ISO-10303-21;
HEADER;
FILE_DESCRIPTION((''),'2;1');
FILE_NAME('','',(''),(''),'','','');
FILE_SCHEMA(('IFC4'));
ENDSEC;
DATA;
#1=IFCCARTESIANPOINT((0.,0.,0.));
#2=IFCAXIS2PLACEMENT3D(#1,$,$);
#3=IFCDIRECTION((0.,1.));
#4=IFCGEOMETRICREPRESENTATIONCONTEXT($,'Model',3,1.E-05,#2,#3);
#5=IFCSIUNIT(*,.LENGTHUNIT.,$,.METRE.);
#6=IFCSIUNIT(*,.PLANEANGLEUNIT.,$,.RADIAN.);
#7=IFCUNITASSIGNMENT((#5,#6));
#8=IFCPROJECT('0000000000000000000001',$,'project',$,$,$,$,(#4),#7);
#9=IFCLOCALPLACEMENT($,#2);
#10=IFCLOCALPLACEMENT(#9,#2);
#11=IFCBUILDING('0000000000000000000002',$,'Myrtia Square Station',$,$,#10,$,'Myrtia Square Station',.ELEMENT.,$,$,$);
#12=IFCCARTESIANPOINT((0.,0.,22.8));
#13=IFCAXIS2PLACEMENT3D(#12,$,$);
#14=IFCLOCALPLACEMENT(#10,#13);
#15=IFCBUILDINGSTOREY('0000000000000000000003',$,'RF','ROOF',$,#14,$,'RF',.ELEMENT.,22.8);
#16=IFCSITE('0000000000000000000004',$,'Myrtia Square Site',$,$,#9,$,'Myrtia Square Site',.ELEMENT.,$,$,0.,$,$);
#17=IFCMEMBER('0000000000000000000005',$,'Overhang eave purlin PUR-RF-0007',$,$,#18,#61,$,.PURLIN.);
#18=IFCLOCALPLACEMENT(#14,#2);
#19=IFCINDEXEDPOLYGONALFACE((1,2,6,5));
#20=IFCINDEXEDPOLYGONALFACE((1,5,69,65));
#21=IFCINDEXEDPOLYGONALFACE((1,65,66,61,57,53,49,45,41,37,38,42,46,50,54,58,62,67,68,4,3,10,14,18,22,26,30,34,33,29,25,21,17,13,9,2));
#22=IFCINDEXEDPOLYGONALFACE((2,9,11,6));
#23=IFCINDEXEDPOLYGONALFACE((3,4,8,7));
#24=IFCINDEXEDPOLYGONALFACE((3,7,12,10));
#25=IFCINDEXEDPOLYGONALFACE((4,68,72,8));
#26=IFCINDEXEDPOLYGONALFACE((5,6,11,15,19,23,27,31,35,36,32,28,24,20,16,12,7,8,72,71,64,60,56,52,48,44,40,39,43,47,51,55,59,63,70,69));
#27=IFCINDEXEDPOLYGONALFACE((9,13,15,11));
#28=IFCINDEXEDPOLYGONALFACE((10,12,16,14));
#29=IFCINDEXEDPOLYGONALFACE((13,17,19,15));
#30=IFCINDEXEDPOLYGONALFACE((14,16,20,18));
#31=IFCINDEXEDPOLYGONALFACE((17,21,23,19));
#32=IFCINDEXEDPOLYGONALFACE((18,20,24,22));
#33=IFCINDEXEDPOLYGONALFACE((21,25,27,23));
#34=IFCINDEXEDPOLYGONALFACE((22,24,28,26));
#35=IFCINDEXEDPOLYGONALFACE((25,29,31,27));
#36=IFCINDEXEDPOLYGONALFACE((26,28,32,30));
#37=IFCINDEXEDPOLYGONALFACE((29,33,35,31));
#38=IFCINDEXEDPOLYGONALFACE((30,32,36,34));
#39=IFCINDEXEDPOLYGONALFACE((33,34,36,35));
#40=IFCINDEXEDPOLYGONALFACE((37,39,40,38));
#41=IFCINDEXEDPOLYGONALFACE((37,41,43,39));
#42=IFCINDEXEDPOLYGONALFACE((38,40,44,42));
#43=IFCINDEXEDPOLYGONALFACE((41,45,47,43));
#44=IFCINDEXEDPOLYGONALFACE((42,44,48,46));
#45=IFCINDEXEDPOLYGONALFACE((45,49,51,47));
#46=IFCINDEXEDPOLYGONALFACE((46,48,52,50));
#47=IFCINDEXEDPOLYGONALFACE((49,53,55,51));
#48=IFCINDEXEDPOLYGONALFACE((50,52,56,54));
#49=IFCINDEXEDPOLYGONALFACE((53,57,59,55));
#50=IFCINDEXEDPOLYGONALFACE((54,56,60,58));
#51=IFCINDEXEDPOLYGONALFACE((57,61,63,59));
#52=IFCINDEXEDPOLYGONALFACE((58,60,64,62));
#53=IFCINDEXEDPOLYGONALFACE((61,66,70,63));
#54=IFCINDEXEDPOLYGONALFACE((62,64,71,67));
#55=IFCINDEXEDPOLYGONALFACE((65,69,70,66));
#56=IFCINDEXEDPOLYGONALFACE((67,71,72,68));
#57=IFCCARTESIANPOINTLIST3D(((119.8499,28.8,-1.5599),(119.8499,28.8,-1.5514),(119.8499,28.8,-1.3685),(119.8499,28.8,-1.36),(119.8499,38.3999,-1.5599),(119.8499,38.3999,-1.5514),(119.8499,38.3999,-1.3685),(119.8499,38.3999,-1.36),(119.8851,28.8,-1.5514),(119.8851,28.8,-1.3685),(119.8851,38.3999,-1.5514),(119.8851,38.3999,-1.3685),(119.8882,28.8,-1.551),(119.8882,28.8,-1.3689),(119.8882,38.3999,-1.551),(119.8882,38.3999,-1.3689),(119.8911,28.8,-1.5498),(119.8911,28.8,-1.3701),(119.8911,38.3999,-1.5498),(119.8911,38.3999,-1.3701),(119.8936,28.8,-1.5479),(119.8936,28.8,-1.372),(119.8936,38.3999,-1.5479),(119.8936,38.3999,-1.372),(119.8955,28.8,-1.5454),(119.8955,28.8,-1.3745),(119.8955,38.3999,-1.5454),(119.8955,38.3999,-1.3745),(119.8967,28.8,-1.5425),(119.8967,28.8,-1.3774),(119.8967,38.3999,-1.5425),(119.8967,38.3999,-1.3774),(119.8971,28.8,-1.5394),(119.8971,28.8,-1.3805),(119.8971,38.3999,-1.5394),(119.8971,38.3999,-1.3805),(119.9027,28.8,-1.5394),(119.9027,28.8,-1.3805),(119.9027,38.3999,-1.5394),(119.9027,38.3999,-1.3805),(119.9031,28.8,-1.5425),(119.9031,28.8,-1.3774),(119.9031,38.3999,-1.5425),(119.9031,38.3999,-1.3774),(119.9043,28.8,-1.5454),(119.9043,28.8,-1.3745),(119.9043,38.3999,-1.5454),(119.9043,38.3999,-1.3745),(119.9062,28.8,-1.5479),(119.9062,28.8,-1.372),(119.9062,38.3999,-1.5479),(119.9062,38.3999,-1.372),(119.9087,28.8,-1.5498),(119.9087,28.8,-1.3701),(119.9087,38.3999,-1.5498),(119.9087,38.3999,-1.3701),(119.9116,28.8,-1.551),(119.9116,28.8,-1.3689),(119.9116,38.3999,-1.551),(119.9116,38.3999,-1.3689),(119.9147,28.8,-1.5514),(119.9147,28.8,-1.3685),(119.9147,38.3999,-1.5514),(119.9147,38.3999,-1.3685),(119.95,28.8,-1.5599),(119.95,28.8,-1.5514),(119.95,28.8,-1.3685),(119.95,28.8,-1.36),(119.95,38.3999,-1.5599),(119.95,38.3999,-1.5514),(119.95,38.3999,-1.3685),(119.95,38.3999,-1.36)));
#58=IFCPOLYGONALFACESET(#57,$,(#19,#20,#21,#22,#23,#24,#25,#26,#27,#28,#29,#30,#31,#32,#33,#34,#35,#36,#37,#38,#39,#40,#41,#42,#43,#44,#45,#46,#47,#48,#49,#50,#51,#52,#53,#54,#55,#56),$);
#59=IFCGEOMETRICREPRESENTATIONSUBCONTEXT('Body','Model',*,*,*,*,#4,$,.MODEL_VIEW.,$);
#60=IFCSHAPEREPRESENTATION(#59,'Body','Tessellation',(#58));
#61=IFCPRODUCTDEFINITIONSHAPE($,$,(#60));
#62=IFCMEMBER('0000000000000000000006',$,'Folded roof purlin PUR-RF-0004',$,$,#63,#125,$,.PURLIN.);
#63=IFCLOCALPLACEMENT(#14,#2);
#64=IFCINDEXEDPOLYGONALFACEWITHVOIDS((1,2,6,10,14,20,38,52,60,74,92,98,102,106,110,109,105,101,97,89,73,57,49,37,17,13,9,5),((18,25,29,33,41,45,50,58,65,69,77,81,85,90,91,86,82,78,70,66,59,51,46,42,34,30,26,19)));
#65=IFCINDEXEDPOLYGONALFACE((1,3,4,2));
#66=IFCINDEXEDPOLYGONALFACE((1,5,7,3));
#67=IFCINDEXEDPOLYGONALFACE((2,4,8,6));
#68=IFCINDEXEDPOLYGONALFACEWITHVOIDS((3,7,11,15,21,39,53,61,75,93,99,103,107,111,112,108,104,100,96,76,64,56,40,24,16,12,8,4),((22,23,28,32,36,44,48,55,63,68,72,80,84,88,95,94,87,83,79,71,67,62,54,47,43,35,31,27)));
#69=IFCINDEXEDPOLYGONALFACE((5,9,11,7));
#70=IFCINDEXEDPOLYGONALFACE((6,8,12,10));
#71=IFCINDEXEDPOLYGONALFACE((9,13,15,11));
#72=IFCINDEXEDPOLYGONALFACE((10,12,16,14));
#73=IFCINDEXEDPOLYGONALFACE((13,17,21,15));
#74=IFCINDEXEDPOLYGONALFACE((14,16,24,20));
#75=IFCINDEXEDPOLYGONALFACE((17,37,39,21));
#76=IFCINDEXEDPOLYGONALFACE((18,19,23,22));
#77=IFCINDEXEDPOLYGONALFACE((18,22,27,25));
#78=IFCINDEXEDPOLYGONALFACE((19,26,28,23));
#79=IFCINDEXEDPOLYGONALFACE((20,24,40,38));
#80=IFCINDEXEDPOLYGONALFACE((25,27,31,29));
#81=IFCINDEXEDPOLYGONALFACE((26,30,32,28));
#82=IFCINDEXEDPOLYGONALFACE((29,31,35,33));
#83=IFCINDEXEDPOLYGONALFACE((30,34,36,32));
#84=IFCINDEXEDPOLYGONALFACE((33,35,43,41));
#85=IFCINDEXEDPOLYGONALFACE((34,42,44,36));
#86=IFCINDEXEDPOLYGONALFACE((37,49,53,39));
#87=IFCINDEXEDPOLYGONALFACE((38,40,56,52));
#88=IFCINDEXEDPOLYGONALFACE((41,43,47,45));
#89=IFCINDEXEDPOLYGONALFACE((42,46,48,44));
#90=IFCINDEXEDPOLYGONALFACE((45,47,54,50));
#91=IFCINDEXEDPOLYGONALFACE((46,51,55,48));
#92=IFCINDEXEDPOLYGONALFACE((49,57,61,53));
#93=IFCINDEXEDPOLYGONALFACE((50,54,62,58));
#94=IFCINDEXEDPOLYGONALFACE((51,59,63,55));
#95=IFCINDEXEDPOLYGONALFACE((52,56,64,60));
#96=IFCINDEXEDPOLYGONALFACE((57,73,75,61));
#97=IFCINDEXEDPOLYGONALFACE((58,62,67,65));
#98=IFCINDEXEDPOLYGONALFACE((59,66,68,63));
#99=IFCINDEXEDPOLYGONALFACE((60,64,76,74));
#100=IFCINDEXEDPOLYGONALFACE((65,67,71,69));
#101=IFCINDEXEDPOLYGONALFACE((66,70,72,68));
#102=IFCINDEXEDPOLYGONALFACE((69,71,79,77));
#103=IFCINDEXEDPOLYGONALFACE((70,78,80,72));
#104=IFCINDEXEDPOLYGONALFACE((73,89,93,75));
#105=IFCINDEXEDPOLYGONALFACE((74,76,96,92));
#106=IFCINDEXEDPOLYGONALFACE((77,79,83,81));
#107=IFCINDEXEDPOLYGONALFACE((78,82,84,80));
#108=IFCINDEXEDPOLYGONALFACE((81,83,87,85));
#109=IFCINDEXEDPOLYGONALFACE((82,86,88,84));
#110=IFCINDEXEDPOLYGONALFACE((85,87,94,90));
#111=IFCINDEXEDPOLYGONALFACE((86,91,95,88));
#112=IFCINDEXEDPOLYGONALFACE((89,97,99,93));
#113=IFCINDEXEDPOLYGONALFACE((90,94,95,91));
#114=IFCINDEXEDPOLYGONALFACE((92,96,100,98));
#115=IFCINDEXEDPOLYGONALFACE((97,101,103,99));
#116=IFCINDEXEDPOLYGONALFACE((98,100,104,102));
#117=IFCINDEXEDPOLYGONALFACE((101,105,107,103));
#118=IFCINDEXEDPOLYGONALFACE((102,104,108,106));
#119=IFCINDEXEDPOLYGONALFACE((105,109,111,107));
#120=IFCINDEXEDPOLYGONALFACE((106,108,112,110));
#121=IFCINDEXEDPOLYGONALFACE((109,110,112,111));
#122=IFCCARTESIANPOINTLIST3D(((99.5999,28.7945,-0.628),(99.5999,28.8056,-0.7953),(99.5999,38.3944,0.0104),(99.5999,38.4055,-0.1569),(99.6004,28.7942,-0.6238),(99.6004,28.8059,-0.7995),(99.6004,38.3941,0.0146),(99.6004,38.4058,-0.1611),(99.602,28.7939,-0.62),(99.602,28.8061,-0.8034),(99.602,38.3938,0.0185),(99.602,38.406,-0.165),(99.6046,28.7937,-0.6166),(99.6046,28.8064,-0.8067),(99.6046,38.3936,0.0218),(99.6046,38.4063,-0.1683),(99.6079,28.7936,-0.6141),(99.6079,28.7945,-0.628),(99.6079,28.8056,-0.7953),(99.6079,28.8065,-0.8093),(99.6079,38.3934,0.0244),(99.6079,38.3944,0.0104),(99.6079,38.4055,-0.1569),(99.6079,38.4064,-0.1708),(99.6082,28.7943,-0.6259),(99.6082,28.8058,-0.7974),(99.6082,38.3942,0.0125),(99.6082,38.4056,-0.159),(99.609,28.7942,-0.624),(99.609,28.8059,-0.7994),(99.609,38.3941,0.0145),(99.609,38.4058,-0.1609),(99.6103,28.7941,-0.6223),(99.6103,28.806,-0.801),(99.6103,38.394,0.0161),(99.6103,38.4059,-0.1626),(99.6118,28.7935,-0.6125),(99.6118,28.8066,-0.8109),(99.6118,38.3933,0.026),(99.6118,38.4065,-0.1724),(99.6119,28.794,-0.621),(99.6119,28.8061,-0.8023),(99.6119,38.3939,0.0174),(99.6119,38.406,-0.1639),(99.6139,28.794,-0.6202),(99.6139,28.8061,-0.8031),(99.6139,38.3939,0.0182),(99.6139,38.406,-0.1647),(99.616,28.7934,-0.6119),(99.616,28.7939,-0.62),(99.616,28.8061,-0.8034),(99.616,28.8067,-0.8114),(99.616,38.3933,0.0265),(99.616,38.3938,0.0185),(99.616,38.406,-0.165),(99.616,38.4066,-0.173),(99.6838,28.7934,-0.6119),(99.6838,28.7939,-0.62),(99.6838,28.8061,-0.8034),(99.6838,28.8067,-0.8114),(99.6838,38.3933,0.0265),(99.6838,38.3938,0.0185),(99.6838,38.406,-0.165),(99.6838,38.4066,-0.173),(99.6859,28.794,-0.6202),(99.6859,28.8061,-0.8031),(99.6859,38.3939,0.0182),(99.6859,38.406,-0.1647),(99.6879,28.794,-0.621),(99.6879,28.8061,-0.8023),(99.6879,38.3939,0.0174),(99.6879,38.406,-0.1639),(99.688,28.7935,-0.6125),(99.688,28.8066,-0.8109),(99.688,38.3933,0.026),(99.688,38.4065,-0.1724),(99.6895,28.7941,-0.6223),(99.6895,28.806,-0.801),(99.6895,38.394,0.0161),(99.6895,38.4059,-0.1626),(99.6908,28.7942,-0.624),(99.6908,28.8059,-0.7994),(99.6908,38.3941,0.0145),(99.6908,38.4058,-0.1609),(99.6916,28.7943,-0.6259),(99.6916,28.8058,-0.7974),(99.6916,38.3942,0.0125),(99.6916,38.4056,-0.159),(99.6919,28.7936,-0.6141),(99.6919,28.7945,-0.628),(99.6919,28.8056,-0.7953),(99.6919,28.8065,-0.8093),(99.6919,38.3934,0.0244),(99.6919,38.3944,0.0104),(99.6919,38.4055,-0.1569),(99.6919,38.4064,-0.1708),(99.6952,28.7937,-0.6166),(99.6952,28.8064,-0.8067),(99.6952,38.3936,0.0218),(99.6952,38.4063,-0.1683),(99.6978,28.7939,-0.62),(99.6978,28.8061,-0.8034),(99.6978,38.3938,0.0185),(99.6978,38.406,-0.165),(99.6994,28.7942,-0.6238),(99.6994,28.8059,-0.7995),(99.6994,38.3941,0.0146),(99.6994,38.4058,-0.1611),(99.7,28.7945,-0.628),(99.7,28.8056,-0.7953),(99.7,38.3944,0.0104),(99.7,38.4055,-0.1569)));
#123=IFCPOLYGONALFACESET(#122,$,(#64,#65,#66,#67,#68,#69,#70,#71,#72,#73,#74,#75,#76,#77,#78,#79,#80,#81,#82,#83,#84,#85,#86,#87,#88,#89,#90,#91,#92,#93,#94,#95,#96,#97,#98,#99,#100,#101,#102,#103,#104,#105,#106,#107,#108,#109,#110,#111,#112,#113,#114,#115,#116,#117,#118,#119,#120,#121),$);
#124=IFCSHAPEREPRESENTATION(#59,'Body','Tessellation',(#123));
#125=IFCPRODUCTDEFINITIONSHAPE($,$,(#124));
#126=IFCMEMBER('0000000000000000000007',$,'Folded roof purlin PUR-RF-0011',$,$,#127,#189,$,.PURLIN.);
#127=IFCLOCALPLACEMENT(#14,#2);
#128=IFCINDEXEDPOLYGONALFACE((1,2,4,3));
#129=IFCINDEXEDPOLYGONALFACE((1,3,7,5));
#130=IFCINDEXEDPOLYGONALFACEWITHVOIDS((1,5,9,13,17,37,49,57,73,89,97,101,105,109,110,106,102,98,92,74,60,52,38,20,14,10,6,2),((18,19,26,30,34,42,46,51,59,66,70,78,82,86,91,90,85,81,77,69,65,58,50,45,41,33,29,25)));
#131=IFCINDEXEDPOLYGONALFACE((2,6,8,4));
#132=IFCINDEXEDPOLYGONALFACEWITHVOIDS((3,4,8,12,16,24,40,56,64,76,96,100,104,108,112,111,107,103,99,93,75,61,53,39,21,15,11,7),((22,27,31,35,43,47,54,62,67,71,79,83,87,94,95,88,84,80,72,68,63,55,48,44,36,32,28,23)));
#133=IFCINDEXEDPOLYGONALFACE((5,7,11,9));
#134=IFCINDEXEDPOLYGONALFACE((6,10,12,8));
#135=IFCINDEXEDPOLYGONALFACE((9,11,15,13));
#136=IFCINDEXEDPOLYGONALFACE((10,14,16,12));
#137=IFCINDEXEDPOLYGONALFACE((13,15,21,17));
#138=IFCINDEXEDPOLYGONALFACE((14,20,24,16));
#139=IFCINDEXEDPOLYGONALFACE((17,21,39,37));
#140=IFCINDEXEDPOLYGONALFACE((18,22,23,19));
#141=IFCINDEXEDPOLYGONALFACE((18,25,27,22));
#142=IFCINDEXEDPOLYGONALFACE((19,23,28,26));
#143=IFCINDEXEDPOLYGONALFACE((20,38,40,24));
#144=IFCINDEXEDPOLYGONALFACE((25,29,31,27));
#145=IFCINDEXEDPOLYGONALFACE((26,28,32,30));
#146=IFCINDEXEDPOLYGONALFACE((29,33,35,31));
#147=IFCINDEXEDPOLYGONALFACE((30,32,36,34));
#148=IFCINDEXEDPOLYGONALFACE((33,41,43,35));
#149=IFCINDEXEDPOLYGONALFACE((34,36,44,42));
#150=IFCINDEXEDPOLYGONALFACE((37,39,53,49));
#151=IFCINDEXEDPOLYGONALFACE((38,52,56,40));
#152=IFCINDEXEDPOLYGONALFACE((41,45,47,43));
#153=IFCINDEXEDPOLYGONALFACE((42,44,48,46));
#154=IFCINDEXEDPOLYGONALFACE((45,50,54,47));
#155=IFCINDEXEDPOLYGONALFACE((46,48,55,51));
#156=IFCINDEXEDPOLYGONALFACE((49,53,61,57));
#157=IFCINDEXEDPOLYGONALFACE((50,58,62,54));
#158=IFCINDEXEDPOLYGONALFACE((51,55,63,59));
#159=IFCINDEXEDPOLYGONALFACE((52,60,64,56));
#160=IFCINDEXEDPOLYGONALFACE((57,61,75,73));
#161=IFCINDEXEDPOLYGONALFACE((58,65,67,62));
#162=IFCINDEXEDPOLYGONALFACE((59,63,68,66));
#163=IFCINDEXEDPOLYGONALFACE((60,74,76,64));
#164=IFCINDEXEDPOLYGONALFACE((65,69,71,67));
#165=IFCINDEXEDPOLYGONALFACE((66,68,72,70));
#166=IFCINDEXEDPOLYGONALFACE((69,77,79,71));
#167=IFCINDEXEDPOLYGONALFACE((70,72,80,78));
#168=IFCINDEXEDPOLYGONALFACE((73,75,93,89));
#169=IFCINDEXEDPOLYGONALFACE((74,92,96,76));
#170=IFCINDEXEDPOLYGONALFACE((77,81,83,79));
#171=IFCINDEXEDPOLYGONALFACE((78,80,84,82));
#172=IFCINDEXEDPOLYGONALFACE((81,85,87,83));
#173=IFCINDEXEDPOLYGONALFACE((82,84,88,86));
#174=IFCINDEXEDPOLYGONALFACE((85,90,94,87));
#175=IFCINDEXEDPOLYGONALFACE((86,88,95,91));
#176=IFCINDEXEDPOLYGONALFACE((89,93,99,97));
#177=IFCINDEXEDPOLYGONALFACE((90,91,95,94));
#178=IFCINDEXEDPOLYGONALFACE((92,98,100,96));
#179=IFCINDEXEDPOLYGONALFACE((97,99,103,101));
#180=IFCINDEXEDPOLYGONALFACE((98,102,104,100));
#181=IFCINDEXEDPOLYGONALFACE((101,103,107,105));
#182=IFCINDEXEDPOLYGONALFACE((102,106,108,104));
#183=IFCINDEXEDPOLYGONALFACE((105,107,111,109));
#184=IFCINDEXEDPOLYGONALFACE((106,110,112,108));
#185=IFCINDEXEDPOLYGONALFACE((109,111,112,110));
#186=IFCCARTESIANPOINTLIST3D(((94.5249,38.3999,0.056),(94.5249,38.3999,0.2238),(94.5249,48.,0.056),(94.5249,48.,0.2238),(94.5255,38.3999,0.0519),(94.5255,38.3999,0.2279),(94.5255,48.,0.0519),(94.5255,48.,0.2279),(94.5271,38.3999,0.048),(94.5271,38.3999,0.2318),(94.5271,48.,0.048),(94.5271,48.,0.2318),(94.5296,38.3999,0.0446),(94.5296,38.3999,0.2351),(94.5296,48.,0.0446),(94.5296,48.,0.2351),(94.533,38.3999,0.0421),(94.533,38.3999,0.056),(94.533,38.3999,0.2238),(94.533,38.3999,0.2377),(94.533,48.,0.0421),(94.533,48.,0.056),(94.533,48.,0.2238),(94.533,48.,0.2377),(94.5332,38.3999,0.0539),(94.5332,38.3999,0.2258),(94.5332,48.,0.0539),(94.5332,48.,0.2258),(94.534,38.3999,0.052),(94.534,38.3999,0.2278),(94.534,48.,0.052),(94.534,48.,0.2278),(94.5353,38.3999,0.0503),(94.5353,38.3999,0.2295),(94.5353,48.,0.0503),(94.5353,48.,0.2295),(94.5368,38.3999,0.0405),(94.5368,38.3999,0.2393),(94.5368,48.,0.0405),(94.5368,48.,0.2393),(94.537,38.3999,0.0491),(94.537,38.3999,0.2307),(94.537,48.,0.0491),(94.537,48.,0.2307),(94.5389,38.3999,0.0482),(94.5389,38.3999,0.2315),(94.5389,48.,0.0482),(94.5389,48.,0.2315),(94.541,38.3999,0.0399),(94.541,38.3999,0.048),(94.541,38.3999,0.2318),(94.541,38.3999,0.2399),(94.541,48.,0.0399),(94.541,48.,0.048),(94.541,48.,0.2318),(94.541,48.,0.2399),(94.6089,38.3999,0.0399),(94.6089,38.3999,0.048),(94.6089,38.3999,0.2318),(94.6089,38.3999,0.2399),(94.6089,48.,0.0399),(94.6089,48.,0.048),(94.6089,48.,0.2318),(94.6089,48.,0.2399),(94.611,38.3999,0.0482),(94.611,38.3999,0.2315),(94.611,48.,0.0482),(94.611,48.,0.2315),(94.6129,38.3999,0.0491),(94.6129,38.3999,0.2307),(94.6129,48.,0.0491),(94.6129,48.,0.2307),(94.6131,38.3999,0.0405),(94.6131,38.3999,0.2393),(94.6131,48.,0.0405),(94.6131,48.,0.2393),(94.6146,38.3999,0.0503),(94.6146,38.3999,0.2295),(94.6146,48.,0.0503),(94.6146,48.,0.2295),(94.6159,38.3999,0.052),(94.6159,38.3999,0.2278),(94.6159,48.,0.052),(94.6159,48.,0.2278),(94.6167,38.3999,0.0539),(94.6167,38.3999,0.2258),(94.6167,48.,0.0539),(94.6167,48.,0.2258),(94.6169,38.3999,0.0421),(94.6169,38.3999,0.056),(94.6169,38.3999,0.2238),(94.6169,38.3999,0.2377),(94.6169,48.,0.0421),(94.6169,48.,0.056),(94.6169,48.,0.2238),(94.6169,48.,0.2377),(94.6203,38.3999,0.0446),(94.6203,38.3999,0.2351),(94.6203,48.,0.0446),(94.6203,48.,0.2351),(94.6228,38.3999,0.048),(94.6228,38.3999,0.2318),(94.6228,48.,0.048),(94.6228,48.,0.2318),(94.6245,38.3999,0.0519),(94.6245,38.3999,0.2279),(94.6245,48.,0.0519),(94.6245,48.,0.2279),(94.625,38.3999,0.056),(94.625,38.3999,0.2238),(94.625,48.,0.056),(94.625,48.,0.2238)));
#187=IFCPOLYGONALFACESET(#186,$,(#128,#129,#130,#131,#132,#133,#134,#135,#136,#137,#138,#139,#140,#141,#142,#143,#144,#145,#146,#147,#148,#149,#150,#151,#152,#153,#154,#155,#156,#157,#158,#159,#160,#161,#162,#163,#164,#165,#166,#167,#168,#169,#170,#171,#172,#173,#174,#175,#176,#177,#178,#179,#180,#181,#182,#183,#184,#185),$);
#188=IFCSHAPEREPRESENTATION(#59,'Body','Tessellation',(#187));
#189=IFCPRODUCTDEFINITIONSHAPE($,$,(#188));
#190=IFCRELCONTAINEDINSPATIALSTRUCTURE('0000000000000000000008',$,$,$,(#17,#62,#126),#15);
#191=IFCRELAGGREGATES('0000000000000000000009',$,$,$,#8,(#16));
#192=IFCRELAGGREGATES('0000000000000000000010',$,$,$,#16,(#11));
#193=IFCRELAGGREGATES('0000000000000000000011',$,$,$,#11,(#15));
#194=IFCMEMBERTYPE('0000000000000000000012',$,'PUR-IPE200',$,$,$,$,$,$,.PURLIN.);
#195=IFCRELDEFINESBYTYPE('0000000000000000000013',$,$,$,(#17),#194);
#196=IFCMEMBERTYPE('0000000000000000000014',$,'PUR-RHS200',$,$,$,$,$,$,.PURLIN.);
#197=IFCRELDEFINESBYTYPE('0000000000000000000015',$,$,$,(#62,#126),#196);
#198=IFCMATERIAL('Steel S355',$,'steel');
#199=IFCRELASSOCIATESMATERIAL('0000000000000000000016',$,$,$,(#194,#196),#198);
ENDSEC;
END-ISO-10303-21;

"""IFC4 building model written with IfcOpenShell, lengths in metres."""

from ifc_helpers import new_model, si_unit, direction, frame, origin, origin_2d, place, context, subcontext, project, spatial, hollow_rectangle, i_section, extrude, material, material_profile, profile_set, type_object, element, save


model = new_model("IFC4")

# Units and contexts
model_context = context("Model", 3, precision=1e-05, world=origin(), true_north=direction((0.0, 1.0)))
body_context = subcontext(model_context, "Body", "Model", "MODEL_VIEW")
ifc_project = project(units=[si_unit("LENGTHUNIT", "METRE"), si_unit("PLANEANGLEUNIT", "RADIAN")], contexts=[model_context])

# Site, building, storey
site_placement = place(None, origin())
site = spatial("IfcSite", under=ifc_project, at=site_placement, Name="Myrtia Square Site", LongName="Myrtia Square Site", CompositionType="ELEMENT", RefElevation=0.0)
building_placement = place(site_placement, origin())
building = spatial("IfcBuilding", under=site, at=building_placement, Name="Myrtia Square Station", LongName="Myrtia Square Station", CompositionType="ELEMENT")
storey_placement = place(building_placement, frame((0.0, 0.0, 22.8)))
storey = spatial("IfcBuildingStorey", under=building, at=storey_placement, Name="RF", Description="ROOF", LongName="RF", CompositionType="ELEMENT", Elevation=22.8)

# Members
ifc_material_1 = material(Name="Steel S355", Category="steel")
ifc_material_profile_1 = material_profile(ifc_material_1, i_section(OverallWidth=0.1001, OverallDepth=0.2, WebThickness=0.0056, FlangeThickness=0.0085, FilletRadius=0.012, at=origin_2d()), Name="IPE 200")
ifc_profile_set_1 = profile_set([ifc_material_profile_1], Name="Steel S355")
member_type_1 = type_object("IfcMemberType", Name="PUR-IPE200", PredefinedType="PURLIN", material=ifc_profile_set_1)
member_1_placement = place(storey_placement, frame((119.8999, 28.8, -1.46), z_axis=(0.0, 1.0, 0.0), x_axis=(-1.0, 0.0, 0.0)))
element("IfcMember", 1, at=member_1_placement, inside=storey, type_object=member_type_1, Name="Overhang eave purlin PUR-RF-0007", PredefinedType="PURLIN", context=body_context, shape_type="SweptSolid", body=[
    extrude(i_section(OverallWidth=0.1001, OverallDepth=0.2, WebThickness=0.0056, FlangeThickness=0.0085, FilletRadius=0.012, at=origin_2d()), origin(), (0.0, 0.0, 1.0), 9.5999),
])
ifc_material_profile_2 = material_profile(ifc_material_1, hollow_rectangle(XDim=0.1001, YDim=0.2, WallThickness=0.0081, InnerFilletRadius=0.0081, OuterFilletRadius=0.0161, at=origin_2d()), Name="RHS 200x100x8")
ifc_profile_set_2 = profile_set([ifc_material_profile_2], Name="Steel S355")
member_type_2 = type_object("IfcMemberType", Name="PUR-RHS200", PredefinedType="PURLIN", material=ifc_profile_set_2)
member_2_placement = place(storey_placement, frame((99.6499, 28.8, -0.7117), z_axis=(0.0, 0.997796, 0.066357), x_axis=(-1.0, 0.0, 0.0)))
element("IfcMember", 2, at=member_2_placement, inside=storey, type_object=member_type_2, Name="Folded roof purlin PUR-RF-0004", PredefinedType="PURLIN", context=body_context, shape_type="SweptSolid", body=[
    extrude(hollow_rectangle(XDim=0.1001, YDim=0.2, WallThickness=0.0081, InnerFilletRadius=0.0081, OuterFilletRadius=0.0161, at=origin_2d()), origin(), (0.0, 0.0, 1.0), 9.6211),
])
member_3_placement = place(storey_placement, frame((94.575, 38.3999, 0.1399), z_axis=(0.0, 1.0, 0.0), x_axis=(-1.0, 0.0, 0.0)))
element("IfcMember", 3, at=member_3_placement, inside=storey, type_object=member_type_2, Name="Folded roof purlin PUR-RF-0011", PredefinedType="PURLIN", context=body_context, shape_type="SweptSolid", body=[
    extrude(hollow_rectangle(XDim=0.1001, YDim=0.2, WallThickness=0.0081, InnerFilletRadius=0.0081, OuterFilletRadius=0.0161, at=origin_2d()), origin(), (0.0, 0.0, 1.0), 9.6001),
])

save(model, "model.ifc")
